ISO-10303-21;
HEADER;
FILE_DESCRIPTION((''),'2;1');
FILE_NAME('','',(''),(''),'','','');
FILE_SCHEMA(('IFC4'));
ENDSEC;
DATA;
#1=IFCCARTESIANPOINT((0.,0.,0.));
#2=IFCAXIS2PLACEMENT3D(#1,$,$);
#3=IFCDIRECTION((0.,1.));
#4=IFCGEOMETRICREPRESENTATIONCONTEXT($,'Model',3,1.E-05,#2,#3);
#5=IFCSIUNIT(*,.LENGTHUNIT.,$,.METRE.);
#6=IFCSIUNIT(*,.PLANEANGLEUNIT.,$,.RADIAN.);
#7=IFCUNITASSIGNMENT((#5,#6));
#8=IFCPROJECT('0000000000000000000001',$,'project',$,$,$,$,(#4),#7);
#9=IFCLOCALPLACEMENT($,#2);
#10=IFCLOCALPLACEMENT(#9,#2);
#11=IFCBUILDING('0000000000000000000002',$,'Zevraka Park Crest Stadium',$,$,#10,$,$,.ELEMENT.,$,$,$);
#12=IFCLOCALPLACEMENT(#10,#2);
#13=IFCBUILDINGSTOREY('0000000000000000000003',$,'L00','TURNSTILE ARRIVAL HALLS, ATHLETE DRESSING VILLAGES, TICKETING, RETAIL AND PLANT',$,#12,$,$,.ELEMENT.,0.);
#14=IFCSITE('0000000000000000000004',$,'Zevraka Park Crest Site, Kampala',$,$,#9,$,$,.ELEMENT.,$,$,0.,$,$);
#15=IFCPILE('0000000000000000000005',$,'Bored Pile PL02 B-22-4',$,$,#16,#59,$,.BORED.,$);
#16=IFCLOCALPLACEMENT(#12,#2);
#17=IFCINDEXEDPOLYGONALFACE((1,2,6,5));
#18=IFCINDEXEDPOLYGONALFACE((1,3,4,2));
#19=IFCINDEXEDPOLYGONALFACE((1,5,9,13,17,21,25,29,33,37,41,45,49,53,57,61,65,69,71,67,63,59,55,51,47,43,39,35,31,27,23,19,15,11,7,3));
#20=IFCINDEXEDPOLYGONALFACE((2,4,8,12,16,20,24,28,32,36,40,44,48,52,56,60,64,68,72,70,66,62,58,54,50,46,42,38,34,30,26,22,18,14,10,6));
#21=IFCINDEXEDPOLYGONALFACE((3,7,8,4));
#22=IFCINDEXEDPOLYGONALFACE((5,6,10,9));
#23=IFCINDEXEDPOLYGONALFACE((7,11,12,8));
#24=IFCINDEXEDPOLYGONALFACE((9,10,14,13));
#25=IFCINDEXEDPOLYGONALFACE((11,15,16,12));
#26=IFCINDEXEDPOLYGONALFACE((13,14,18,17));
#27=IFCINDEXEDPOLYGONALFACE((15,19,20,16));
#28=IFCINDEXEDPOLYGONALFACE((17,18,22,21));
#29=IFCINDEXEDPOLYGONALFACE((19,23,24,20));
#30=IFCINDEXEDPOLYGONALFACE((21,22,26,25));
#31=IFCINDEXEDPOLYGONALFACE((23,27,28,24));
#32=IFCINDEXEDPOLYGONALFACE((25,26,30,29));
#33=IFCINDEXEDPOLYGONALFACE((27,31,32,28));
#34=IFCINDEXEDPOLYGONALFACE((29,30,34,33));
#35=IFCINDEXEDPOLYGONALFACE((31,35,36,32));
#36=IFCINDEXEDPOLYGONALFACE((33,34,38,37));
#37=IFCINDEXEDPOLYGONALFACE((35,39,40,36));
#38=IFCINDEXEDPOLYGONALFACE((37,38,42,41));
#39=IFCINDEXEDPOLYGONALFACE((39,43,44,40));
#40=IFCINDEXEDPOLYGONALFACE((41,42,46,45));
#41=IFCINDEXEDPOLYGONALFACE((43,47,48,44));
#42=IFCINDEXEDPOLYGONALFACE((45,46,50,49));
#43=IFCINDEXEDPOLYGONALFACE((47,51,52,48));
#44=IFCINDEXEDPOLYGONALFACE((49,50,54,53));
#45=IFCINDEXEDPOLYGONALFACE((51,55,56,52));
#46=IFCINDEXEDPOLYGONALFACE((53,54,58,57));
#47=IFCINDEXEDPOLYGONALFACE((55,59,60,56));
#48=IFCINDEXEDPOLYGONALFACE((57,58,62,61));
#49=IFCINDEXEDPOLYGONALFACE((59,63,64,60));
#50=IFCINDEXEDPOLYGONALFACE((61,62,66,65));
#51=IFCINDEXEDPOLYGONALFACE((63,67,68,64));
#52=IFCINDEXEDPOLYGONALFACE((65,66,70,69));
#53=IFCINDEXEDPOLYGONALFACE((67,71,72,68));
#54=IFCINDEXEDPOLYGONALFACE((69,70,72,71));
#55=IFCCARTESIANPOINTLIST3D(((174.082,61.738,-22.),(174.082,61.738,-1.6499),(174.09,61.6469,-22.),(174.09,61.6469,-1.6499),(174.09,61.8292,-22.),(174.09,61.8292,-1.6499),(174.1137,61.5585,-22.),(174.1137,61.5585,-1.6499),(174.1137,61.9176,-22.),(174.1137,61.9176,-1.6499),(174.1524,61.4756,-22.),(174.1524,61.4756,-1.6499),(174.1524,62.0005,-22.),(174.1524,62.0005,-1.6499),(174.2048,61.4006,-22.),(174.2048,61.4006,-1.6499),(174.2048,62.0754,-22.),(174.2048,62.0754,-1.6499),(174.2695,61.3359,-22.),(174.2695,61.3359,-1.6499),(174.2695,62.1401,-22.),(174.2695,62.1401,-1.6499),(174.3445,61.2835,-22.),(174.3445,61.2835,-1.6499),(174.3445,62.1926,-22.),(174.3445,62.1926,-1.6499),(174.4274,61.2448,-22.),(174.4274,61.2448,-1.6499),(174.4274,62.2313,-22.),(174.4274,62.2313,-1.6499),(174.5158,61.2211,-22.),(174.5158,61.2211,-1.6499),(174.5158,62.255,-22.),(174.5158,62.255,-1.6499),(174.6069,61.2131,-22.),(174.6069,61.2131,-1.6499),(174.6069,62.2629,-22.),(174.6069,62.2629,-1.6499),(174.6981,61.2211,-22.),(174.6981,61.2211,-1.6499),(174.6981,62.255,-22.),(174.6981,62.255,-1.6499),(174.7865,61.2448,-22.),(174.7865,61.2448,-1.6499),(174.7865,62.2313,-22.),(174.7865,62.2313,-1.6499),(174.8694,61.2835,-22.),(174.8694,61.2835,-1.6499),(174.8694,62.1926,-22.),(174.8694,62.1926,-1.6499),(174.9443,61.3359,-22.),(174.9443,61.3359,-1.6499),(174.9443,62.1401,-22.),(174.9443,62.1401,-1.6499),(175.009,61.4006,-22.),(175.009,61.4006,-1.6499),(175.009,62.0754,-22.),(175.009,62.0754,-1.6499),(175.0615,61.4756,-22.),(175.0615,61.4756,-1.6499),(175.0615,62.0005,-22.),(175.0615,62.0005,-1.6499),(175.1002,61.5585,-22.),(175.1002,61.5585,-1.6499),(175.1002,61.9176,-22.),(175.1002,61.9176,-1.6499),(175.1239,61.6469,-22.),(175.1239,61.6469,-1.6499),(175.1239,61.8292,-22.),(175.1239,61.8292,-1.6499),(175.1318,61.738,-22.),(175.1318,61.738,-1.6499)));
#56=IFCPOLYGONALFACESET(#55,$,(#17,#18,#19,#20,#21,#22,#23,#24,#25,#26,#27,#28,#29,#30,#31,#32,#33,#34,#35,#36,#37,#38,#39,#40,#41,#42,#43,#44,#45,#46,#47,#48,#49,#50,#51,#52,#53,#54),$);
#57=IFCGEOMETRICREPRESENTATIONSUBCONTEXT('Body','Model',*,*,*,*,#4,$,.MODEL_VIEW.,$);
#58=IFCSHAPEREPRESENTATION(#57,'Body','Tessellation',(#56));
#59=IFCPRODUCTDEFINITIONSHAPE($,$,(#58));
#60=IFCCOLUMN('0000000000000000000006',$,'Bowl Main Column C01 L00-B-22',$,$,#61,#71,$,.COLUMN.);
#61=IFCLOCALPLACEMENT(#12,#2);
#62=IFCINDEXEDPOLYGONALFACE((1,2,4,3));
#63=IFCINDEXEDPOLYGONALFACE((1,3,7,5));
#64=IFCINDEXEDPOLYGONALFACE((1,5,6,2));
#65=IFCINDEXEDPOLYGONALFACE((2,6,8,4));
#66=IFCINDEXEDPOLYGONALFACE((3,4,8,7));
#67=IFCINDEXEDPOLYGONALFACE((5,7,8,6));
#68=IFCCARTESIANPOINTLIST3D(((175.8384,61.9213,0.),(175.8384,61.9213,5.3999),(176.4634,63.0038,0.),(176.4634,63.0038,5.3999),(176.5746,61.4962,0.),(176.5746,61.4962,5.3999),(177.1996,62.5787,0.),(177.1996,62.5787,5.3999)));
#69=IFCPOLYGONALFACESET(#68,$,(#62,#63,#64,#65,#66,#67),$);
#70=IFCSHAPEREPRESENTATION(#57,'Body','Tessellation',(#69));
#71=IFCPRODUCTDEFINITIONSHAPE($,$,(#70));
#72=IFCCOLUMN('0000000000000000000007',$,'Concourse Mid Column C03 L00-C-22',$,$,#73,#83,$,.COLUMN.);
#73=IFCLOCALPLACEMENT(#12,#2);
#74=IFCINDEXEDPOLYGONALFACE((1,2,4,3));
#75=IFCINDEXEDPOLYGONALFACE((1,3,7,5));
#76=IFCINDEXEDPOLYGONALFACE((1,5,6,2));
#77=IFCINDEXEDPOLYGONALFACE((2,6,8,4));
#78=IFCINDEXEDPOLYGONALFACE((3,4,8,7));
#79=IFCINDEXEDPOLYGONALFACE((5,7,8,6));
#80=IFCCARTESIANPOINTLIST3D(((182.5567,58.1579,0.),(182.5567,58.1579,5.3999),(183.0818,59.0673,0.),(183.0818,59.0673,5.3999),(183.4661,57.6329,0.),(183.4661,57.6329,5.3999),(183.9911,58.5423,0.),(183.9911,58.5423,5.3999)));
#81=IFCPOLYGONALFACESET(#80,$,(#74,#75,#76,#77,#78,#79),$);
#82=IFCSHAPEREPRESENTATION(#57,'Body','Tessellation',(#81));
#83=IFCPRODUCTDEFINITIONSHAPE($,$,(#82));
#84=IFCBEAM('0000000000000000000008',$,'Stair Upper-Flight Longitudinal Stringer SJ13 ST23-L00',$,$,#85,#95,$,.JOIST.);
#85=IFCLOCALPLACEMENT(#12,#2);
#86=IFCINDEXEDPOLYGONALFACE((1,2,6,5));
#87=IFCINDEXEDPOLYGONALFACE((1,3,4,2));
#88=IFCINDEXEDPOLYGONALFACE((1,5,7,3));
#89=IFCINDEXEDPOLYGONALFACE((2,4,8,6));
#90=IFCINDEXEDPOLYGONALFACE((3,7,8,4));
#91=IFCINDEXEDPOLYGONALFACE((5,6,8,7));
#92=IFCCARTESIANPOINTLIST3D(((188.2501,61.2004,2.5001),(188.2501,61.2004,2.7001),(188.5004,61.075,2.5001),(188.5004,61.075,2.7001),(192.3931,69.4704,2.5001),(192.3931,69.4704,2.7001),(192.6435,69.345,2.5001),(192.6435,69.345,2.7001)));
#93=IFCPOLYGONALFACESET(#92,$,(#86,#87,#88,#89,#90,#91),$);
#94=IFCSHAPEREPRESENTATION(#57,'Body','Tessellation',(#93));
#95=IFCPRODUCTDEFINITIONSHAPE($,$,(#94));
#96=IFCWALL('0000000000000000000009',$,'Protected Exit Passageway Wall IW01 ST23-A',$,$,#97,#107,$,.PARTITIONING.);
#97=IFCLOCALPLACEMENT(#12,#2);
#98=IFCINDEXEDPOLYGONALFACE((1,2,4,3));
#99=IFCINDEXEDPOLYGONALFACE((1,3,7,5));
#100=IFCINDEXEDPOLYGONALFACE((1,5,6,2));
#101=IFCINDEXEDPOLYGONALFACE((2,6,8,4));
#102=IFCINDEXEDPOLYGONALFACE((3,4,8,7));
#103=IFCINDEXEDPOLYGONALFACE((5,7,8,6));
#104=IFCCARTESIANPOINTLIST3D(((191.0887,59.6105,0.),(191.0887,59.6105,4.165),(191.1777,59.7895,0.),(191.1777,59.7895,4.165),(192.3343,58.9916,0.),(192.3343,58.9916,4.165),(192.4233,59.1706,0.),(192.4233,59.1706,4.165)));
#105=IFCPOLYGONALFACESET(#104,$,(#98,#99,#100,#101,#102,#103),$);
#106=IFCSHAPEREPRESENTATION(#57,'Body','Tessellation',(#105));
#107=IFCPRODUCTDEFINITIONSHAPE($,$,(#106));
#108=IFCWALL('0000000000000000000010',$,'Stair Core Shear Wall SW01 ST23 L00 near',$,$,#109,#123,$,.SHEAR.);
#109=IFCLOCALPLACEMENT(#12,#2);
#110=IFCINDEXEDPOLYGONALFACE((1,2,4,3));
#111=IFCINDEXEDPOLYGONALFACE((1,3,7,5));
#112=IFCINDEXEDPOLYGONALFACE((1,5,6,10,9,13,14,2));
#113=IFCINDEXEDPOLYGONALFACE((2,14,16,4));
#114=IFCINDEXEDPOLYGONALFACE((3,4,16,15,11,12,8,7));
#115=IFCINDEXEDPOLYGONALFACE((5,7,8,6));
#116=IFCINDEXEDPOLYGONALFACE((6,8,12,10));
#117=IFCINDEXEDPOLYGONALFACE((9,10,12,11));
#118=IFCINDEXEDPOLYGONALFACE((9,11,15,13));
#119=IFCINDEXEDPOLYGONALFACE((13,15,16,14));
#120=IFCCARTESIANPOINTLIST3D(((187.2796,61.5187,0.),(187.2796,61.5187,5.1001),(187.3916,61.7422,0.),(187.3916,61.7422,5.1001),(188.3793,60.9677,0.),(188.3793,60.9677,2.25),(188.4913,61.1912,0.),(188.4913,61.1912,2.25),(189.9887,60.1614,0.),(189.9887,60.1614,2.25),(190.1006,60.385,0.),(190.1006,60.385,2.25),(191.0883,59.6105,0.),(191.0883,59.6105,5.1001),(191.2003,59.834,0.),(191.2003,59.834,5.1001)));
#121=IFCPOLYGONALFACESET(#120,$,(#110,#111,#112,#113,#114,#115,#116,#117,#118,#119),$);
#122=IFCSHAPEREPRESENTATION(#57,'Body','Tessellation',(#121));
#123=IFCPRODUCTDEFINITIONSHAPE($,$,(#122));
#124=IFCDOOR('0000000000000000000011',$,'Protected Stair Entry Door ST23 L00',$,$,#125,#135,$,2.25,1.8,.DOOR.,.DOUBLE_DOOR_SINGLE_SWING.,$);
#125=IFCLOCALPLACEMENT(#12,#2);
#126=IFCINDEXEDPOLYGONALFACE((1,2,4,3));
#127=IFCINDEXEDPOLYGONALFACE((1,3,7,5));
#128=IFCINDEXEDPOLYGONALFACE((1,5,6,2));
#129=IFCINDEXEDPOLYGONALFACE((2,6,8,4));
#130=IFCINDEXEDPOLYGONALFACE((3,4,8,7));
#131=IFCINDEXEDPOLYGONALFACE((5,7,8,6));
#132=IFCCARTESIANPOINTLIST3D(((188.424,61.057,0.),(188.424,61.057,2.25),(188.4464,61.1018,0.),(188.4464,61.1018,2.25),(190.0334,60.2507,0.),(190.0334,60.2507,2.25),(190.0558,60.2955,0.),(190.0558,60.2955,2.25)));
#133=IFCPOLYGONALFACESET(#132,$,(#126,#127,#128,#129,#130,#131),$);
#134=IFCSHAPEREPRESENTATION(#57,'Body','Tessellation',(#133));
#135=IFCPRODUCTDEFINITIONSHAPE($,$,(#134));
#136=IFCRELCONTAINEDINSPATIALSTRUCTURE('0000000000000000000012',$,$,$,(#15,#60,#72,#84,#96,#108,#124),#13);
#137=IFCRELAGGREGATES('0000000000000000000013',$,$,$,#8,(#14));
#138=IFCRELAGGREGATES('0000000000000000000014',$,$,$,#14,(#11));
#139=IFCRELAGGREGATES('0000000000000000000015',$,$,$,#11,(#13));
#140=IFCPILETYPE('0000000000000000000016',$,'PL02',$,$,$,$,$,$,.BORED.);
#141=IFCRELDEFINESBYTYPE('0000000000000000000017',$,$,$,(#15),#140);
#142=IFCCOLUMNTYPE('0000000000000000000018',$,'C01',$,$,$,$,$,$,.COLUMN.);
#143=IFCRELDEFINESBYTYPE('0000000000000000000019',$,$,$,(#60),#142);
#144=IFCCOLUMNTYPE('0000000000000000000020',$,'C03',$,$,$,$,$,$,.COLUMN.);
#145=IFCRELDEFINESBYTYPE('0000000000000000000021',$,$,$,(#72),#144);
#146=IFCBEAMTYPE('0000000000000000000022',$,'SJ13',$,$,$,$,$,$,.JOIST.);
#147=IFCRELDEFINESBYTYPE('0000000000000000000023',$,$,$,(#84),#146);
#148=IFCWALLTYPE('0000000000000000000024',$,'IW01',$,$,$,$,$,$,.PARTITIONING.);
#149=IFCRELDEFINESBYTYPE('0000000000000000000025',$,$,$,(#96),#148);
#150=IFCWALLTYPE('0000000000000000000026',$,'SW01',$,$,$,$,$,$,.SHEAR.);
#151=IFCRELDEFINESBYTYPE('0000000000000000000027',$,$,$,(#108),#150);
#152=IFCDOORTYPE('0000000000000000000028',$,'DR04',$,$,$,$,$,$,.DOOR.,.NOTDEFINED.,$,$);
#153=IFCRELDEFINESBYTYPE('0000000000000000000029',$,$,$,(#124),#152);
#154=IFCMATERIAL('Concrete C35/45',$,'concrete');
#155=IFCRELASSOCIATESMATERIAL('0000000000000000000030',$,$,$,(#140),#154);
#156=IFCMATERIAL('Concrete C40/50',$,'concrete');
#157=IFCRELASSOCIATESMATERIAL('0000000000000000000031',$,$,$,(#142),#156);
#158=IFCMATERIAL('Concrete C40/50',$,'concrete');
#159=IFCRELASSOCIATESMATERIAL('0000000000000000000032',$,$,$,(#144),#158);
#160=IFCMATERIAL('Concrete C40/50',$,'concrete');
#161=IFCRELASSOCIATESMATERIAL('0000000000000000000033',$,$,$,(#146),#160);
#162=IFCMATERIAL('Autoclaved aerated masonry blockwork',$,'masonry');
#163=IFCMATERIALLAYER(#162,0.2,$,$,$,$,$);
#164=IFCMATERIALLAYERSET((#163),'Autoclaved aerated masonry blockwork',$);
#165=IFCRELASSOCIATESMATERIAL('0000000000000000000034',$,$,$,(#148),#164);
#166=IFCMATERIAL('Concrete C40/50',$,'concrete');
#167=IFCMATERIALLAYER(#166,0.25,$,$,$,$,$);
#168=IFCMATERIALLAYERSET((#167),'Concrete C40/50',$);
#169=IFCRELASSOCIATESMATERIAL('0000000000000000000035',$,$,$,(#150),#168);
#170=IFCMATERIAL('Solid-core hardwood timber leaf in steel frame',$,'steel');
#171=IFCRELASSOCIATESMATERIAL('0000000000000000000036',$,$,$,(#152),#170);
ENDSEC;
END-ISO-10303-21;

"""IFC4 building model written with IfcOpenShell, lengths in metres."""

from ifc_helpers import new_model, si_unit, direction, frame, frame_2d, origin, origin_2d, place, context, subcontext, project, spatial, rectangle, circle, extrude, material, layer, layer_set, material_profile, profile_set, type_object, element, fill, save


model = new_model("IFC4")

# Units and contexts
model_context = context("Model", 3, precision=1e-05, world=origin(), true_north=direction((0.0, 1.0)))
body_context = subcontext(model_context, "Body", "Model", "MODEL_VIEW")
ifc_project = project(units=[si_unit("LENGTHUNIT", "METRE"), si_unit("PLANEANGLEUNIT", "RADIAN")], contexts=[model_context])

# Site, building, storey
site_placement = place(None, origin())
site = spatial("IfcSite", under=ifc_project, at=site_placement, Name="Zevraka Park Crest Site, Kampala", CompositionType="ELEMENT", RefElevation=0.0)
building_placement = place(site_placement, origin())
building = spatial("IfcBuilding", under=site, at=building_placement, Name="Zevraka Park Crest Stadium", CompositionType="ELEMENT")
storey_placement = place(building_placement, origin())
storey = spatial("IfcBuildingStorey", under=building, at=storey_placement, Name="L00", Description="TURNSTILE ARRIVAL HALLS, ATHLETE DRESSING VILLAGES, TICKETING, RETAIL AND PLANT", CompositionType="ELEMENT", Elevation=0.0)

# Pile
ifc_material_1 = material(Name="Concrete C35/45", Category="concrete")
ifc_material_profile_1 = material_profile(ifc_material_1, circle(Radius=0.5249, at=origin_2d()), Name="PILE D1050")
ifc_profile_set_1 = profile_set([ifc_material_profile_1], Name="Concrete C35/45")
pile_type_1 = type_object("IfcPileType", Name="PL02", PredefinedType="BORED", material=ifc_profile_set_1)
for number, where, z_axis, x_axis, name in (
    (1, (174.6069, 61.738, -1.6499), (0.0, 0.0, -1.0), (1.0, 0.0, 0.0), "Bored Pile PL02 B-22-4"),
):
    element("IfcPile", number, at=place(storey_placement, frame(where, z_axis=z_axis, x_axis=x_axis)), inside=storey, type_object=pile_type_1, Name=name, PredefinedType="BORED", context=body_context, shape_type="SweptSolid", body=[
        extrude(circle(Radius=0.5249, at=origin_2d()), origin(), (0.0, 0.0, 1.0), 20.3501),
    ])

# Columns
ifc_material_2 = material(Name="Concrete C40/50", Category="concrete")
ifc_material_profile_2 = material_profile(ifc_material_2, rectangle(XDim=0.8501, YDim=1.25, at=origin_2d()), Name="RC 1250x850")
ifc_profile_set_2 = profile_set([ifc_material_profile_2], Name="Concrete C40/50")
column_type_1 = type_object("IfcColumnType", Name="C01", PredefinedType="COLUMN", material=ifc_profile_set_2)
column_1_placement = place(storey_placement, frame((176.519, 62.25, 0.0), z_axis=(0.0, 0.0, 1.0), x_axis=(-0.866025, 0.5, 0.0)))
element("IfcColumn", 2, at=column_1_placement, inside=storey, type_object=column_type_1, Name="Bowl Main Column C01 L00-B-22", PredefinedType="COLUMN", context=body_context, shape_type="SweptSolid", body=[
    extrude(rectangle(XDim=0.8501, YDim=1.25, at=origin_2d()), origin(), (0.0, 0.0, 1.0), 5.3999),
])
ifc_material_3 = material(Name="Concrete C40/50", Category="concrete")
ifc_material_profile_3 = material_profile(ifc_material_3, rectangle(XDim=1.05, YDim=1.05, at=origin_2d()), Name="RC 1050x1050")
ifc_profile_set_3 = profile_set([ifc_material_profile_3], Name="Concrete C40/50")
column_type_2 = type_object("IfcColumnType", Name="C03", PredefinedType="COLUMN", material=ifc_profile_set_3)
column_2_placement = place(storey_placement, frame((183.2739, 58.3501, 0.0), z_axis=(0.0, 0.0, 1.0), x_axis=(-0.866025, 0.5, 0.0)))
element("IfcColumn", 3, at=column_2_placement, inside=storey, type_object=column_type_2, Name="Concourse Mid Column C03 L00-C-22", PredefinedType="COLUMN", context=body_context, shape_type="SweptSolid", body=[
    extrude(rectangle(XDim=1.05, YDim=1.05, at=origin_2d()), origin(), (0.0, 0.0, 1.0), 5.3999),
])

# Beam
ifc_material_4 = material(Name="Concrete C40/50", Category="concrete")
ifc_material_profile_4 = material_profile(ifc_material_4, rectangle(XDim=0.28, YDim=0.2, at=origin_2d()), Name="RC 200x280")
ifc_profile_set_4 = profile_set([ifc_material_profile_4], Name="Concrete C40/50")
beam_type = type_object("IfcBeamType", Name="SJ13", PredefinedType="JOIST", material=ifc_profile_set_4)
beam_placement = place(storey_placement, frame((188.3752, 61.1377, 2.6001), z_axis=(0.44791, 0.894079, 0.0), x_axis=(-0.894079, 0.44791, 0.0)))
element("IfcBeam", 4, at=beam_placement, inside=storey, type_object=beam_type, Name="Stair Upper-Flight Longitudinal Stringer SJ13 ST23-L00", PredefinedType="JOIST", context=body_context, shape_type="SweptSolid", body=[
    extrude(rectangle(XDim=0.28, YDim=0.2, at=origin_2d()), origin(), (0.0, 0.0, 1.0), 9.2498),
])

# Wall
ifc_material_5 = material(Name="Autoclaved aerated masonry blockwork", Category="masonry")
ifc_layer_1 = layer(ifc_material_5, 0.2)
ifc_layer_set_1 = layer_set([ifc_layer_1], Name="Autoclaved aerated masonry blockwork")
wall_type_1 = type_object("IfcWallType", Name="IW01", PredefinedType="PARTITIONING", material=ifc_layer_set_1)
wall_1_placement = place(storey_placement, frame((191.1333, 59.7, 0.0), z_axis=(0.0, 0.0, 1.0), x_axis=(0.895548, -0.444965, 0.0)))
element("IfcWall", 5, at=wall_1_placement, inside=storey, type_object=wall_type_1, Name="Protected Exit Passageway Wall IW01 ST23-A", PredefinedType="PARTITIONING", context=body_context, shape_type="SweptSolid", body=[
    extrude(rectangle(XDim=1.3909, YDim=0.2, at=frame_2d((0.6953, 0.0))), origin(), (0.0, 0.0, 1.0), 4.165),
])

# Wall, opening, door
ifc_material_6 = material(Name="Concrete C40/50", Category="concrete")
ifc_layer_2 = layer(ifc_material_6, 0.25)
ifc_layer_set_2 = layer_set([ifc_layer_2], Name="Concrete C40/50")
wall_type_2 = type_object("IfcWallType", Name="SW01", PredefinedType="SHEAR", material=ifc_layer_set_2)
wall_2_placement = place(storey_placement, frame((187.3357, 61.6304, 0.0), z_axis=(0.0, 0.0, 1.0), x_axis=(0.894072, -0.447924, 0.0)))
wall_2 = element("IfcWall", 6, at=wall_2_placement, inside=storey, type_object=wall_type_2, Name="Stair Core Shear Wall SW01 ST23 L00 near", PredefinedType="SHEAR", context=body_context, shape_type="SweptSolid", body=[
    extrude(rectangle(XDim=4.26, YDim=0.25, at=frame_2d((2.1299, 0.0))), origin(), (0.0, 0.0, 1.0), 5.1001),
])
opening_placement = place(wall_2_placement, frame((1.23, 0.0, 0.0)))
opening = element("IfcOpeningElement", 7, at=opening_placement, cuts=wall_2, PredefinedType="OPENING", context=body_context, shape_type="SweptSolid", body=[
    extrude(rectangle(XDim=1.8, YDim=2.25, at=frame_2d((0.8999, 1.125))), frame((0.0, 0.135, 0.0), z_axis=(0.0, -1.0, 0.0), x_axis=(1.0, 0.0, 0.0)), (0.0, 0.0, 1.0), 0.27),
])
ifc_material_7 = material(Name="Solid-core hardwood timber leaf in steel frame", Category="steel")
door_type = type_object("IfcDoorType", Name="DR04", OperationType="NOTDEFINED", PredefinedType="DOOR", material=ifc_material_7)
door_placement = place(opening_placement, origin())
door = element("IfcDoor", 8, at=door_placement, inside=storey, type_object=door_type, Name="Protected Stair Entry Door ST23 L00", OperationType="DOUBLE_DOOR_SINGLE_SWING", OverallHeight=2.25, OverallWidth=1.8, PredefinedType="DOOR", context=body_context, shape_type="SweptSolid", body=[
    extrude(rectangle(XDim=1.8, YDim=2.25, at=frame_2d((0.8999, 1.125))), frame((0.0, 0.0249, 0.0), z_axis=(0.0, -1.0, 0.0), x_axis=(1.0, 0.0, 0.0)), (0.0, 0.0, 1.0), 0.05),
])
fill(opening, door)

save(model, "model.ifc")
